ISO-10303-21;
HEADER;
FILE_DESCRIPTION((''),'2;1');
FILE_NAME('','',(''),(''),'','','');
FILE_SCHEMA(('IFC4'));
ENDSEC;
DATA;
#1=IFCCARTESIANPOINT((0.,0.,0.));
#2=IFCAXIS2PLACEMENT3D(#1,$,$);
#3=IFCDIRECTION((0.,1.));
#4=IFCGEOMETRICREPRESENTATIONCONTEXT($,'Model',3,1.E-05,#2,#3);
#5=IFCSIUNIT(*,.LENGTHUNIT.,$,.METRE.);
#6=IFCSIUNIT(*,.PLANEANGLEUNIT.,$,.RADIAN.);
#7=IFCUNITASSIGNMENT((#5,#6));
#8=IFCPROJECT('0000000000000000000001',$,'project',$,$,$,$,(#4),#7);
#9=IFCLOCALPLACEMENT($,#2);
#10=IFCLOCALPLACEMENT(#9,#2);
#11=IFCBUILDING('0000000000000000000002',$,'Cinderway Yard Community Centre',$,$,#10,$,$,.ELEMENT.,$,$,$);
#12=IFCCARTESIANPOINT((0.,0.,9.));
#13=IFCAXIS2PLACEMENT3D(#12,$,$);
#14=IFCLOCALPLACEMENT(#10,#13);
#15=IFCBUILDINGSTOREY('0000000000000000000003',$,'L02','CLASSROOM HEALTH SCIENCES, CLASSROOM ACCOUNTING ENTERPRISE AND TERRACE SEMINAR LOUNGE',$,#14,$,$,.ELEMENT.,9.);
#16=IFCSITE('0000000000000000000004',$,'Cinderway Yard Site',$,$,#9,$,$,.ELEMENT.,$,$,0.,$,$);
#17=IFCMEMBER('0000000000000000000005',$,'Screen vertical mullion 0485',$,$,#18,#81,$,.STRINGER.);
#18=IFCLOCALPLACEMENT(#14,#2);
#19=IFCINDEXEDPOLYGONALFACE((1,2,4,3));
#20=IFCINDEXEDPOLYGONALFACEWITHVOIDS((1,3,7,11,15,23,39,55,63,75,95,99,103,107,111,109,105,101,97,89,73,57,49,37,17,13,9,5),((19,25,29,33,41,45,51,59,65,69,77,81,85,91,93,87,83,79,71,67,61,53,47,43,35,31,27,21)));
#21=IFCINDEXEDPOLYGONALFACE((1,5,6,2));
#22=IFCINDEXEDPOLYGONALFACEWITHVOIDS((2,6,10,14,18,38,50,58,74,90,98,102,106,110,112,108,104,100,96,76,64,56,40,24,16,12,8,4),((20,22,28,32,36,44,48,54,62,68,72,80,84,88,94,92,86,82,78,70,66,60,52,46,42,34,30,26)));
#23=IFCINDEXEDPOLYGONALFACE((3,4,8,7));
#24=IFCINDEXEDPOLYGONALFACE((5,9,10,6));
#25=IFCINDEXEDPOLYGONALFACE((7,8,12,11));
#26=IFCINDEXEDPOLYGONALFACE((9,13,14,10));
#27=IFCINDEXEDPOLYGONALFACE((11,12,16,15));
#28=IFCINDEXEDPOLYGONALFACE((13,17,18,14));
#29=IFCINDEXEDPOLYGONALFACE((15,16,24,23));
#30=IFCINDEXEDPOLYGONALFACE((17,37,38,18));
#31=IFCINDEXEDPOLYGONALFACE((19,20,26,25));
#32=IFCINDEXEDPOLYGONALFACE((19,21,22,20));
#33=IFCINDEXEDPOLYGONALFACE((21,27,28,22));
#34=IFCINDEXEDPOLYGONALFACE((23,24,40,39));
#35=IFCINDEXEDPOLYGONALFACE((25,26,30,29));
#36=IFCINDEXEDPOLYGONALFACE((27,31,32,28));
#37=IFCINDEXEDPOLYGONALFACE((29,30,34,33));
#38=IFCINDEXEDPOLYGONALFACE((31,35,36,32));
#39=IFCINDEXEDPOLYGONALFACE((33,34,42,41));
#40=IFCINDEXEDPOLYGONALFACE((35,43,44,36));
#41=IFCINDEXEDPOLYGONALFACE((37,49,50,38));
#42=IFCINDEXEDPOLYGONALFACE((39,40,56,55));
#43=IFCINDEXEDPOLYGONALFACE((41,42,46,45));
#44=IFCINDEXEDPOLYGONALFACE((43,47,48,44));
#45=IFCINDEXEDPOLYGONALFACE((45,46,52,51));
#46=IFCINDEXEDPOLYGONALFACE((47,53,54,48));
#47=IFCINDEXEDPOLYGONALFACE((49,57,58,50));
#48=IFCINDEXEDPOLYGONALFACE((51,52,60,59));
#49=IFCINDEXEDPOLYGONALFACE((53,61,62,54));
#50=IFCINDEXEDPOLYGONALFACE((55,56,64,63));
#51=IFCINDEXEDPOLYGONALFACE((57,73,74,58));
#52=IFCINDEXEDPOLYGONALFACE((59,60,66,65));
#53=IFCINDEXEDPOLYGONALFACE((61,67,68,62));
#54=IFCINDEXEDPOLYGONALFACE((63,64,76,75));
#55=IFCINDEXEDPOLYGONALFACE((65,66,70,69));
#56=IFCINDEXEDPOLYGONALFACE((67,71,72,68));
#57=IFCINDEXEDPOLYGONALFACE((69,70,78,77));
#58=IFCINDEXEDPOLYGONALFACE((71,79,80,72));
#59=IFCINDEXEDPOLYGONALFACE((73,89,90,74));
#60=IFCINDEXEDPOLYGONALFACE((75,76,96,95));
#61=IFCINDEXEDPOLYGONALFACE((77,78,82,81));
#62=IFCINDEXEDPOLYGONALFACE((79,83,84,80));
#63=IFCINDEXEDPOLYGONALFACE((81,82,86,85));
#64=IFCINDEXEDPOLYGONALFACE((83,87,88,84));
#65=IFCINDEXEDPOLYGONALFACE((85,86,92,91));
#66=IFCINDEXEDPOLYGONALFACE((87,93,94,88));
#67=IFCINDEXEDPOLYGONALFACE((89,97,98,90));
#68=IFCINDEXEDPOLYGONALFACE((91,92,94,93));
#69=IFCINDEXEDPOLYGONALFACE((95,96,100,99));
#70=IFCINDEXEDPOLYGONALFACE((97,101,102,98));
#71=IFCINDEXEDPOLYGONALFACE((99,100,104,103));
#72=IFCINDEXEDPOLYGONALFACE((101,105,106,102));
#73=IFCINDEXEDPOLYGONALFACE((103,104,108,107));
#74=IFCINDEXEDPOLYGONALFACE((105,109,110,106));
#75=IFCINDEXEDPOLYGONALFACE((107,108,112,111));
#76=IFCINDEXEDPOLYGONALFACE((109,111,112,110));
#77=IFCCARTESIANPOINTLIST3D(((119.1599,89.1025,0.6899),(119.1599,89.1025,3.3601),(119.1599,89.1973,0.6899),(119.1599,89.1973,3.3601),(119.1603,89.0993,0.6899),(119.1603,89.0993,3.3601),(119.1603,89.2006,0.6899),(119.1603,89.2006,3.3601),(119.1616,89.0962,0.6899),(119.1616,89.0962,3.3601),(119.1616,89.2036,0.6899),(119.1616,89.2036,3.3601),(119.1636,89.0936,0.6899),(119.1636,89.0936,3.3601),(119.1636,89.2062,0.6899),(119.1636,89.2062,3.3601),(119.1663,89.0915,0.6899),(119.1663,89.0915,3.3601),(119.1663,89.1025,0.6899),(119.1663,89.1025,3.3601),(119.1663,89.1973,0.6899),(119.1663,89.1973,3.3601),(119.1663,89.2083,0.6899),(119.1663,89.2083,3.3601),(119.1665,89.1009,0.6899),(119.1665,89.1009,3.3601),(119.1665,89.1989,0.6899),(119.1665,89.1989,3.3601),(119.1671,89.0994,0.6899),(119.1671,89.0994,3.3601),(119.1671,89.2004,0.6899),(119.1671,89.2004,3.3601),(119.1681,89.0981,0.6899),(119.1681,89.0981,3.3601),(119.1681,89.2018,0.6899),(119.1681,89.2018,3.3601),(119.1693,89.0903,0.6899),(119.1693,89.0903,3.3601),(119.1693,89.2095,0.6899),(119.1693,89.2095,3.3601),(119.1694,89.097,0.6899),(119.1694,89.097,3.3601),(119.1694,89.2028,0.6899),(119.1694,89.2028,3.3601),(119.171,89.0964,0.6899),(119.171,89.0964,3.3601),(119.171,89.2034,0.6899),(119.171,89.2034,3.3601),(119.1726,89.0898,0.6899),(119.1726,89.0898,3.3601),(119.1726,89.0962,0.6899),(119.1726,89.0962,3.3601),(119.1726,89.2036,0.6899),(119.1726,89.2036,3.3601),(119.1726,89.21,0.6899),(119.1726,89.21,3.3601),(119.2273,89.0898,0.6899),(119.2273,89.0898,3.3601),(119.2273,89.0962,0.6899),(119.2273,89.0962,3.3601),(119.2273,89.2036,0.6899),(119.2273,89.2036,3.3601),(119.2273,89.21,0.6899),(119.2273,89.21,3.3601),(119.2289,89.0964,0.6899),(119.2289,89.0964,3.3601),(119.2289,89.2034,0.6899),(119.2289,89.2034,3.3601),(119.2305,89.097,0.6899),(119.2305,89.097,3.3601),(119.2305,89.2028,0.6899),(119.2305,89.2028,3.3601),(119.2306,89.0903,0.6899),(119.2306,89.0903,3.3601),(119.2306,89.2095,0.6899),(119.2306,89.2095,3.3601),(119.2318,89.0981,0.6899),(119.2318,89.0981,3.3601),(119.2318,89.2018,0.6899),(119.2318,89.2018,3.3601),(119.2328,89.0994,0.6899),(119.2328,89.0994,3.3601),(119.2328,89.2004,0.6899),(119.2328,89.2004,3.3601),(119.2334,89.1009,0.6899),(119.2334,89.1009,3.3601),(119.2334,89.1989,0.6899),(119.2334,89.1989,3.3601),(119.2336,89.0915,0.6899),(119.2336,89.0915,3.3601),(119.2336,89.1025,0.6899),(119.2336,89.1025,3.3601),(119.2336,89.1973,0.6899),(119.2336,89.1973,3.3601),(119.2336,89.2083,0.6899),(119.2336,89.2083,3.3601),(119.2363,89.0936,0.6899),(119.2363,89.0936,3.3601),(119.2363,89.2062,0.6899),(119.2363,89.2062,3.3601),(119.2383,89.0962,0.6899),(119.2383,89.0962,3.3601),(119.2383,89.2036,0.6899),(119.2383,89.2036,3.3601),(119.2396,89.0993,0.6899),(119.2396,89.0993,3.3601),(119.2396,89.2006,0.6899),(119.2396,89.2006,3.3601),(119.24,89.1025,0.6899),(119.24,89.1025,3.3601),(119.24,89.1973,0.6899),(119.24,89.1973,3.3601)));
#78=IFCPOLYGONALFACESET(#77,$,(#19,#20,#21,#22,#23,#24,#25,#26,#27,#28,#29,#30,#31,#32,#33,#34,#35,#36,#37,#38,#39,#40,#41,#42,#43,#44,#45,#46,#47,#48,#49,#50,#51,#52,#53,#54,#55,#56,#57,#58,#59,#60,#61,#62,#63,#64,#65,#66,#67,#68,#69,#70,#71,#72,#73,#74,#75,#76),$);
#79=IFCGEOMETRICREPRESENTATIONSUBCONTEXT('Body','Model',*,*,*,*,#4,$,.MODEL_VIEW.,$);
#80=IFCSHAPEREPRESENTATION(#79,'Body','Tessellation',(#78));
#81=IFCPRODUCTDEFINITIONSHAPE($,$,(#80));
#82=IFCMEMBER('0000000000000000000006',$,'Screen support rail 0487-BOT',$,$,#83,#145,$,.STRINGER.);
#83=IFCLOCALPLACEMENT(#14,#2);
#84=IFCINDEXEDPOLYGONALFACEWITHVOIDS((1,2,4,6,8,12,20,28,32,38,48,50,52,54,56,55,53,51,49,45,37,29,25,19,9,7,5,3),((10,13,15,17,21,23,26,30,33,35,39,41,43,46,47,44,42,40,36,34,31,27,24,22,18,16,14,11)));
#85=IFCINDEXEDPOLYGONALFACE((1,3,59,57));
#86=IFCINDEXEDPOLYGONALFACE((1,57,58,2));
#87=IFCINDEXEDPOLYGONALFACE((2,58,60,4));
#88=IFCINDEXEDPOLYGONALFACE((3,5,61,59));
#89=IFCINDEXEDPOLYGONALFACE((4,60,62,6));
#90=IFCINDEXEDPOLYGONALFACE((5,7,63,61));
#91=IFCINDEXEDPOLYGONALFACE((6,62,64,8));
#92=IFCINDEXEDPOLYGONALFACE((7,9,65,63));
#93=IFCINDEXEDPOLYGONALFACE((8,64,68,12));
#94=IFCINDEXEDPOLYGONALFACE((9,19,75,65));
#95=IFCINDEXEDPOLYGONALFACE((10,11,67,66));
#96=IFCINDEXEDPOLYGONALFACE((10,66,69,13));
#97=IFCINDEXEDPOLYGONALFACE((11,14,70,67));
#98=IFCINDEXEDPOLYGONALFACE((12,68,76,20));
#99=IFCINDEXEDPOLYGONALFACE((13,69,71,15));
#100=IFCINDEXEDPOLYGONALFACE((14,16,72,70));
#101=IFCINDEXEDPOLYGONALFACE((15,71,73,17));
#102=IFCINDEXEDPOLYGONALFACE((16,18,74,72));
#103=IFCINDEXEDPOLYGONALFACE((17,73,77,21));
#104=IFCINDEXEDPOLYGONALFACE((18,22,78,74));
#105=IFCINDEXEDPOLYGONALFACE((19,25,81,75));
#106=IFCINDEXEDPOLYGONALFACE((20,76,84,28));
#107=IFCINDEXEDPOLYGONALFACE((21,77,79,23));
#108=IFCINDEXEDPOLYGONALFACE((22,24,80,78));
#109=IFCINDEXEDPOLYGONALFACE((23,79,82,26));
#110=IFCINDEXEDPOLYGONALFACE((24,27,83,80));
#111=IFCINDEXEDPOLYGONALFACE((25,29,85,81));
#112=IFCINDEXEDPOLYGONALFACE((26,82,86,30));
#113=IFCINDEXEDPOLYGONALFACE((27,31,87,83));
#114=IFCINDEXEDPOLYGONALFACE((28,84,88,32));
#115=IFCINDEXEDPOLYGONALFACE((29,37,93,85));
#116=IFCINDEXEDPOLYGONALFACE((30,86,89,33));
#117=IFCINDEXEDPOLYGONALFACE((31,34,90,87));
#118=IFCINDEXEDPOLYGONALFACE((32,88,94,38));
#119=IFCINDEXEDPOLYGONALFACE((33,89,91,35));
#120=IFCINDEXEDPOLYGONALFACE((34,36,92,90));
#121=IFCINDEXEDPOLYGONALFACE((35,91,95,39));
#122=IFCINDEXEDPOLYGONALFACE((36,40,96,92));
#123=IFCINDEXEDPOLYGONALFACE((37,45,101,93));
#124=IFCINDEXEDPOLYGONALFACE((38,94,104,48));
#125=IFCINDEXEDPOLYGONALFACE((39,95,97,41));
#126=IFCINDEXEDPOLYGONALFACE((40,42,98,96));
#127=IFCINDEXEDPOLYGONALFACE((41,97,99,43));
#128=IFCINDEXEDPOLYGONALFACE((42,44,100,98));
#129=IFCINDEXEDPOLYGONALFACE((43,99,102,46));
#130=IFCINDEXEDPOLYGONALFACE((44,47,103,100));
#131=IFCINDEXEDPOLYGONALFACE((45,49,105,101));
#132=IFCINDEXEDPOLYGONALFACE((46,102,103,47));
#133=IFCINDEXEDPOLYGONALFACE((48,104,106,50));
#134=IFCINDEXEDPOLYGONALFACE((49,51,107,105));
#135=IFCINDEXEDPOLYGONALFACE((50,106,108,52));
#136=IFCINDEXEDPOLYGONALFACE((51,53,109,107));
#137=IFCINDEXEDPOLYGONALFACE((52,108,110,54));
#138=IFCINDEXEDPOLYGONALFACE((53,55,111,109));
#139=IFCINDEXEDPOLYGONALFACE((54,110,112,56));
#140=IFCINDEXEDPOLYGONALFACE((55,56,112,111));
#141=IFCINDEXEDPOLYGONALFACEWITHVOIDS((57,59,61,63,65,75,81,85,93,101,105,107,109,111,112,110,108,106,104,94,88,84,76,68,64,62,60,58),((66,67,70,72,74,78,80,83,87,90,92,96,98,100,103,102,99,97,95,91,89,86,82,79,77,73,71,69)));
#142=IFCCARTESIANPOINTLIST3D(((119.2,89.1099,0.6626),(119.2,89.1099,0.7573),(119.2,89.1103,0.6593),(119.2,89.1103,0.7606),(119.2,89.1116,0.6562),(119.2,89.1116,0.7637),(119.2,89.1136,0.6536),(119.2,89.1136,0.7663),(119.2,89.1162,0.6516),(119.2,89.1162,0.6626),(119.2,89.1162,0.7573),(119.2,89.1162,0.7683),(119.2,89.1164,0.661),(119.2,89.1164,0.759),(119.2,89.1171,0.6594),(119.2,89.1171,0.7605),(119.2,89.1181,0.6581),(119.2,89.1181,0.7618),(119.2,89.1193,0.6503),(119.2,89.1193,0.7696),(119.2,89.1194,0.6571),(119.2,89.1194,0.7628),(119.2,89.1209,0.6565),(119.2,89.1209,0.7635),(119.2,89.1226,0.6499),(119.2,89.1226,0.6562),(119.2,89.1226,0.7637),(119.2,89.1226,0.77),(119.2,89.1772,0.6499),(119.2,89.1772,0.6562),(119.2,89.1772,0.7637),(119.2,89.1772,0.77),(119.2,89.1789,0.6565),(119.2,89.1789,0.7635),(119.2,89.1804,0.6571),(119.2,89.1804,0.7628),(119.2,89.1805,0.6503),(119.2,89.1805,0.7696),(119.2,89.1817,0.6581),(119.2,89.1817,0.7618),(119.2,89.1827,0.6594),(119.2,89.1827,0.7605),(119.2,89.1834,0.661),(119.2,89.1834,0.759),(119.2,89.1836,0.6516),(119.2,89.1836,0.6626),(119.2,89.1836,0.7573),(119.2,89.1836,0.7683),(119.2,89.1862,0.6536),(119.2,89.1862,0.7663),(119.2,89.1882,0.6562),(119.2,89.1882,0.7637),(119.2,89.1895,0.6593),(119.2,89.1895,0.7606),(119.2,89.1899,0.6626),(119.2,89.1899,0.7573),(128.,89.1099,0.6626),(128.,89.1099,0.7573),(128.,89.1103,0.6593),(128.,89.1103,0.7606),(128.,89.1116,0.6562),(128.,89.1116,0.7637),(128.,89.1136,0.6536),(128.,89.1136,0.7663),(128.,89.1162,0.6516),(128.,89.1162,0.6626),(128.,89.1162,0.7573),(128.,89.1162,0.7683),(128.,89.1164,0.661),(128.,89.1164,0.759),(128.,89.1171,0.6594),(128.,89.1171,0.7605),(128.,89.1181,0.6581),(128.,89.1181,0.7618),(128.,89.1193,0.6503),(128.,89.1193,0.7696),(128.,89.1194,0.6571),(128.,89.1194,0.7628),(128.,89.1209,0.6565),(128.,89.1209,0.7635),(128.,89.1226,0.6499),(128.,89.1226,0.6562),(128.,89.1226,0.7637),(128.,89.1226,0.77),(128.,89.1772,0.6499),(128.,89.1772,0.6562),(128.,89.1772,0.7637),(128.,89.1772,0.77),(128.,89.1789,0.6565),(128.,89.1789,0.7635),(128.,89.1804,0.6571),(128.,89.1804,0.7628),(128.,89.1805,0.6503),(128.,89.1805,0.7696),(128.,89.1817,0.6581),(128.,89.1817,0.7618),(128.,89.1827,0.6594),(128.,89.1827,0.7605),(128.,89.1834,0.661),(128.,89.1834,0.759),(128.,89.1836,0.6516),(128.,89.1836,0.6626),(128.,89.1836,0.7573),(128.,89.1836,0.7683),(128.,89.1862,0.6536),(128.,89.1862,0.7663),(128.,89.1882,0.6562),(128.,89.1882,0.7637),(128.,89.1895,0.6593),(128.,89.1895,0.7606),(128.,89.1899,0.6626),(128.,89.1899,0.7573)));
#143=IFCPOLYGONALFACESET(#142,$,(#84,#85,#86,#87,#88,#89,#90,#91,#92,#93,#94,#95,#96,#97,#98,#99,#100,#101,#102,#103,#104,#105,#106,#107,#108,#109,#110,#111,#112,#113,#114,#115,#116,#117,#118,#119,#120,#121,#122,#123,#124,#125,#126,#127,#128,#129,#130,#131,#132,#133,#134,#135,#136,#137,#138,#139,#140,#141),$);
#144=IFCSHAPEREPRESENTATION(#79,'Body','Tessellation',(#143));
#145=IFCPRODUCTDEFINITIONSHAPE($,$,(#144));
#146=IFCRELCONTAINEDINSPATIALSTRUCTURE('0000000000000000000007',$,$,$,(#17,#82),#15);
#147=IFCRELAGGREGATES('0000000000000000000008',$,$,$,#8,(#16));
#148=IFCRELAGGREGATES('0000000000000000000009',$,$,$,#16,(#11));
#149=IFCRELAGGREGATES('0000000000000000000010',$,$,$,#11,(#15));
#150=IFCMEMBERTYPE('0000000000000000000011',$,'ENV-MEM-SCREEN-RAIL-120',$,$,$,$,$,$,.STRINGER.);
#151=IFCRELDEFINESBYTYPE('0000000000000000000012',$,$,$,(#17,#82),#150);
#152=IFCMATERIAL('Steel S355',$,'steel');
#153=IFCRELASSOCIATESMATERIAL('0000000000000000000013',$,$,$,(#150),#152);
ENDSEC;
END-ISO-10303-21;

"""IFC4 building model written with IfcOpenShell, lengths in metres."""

from ifc_helpers import new_model, si_unit, direction, frame, origin, origin_2d, place, context, subcontext, project, spatial, hollow_rectangle, extrude, material, material_profile, profile_set, type_object, element, save


model = new_model("IFC4")

# Units and contexts
model_context = context("Model", 3, precision=1e-05, world=origin(), true_north=direction((0.0, 1.0)))
body_context = subcontext(model_context, "Body", "Model", "MODEL_VIEW")
ifc_project = project(units=[si_unit("LENGTHUNIT", "METRE"), si_unit("PLANEANGLEUNIT", "RADIAN")], contexts=[model_context])

# Site, building, storey
site_placement = place(None, origin())
site = spatial("IfcSite", under=ifc_project, at=site_placement, Name="Cinderway Yard Site", CompositionType="ELEMENT", RefElevation=0.0)
building_placement = place(site_placement, origin())
building = spatial("IfcBuilding", under=site, at=building_placement, Name="Cinderway Yard Community Centre", CompositionType="ELEMENT")
storey_placement = place(building_placement, frame((0.0, 0.0, 9.0)))
storey = spatial("IfcBuildingStorey", under=building, at=storey_placement, Name="L02", Description="CLASSROOM HEALTH SCIENCES, CLASSROOM ACCOUNTING ENTERPRISE AND TERRACE SEMINAR LOUNGE", CompositionType="ELEMENT", Elevation=9.0)

# Members
ifc_material_1 = material(Name="Steel S355", Category="steel")
ifc_material_profile = material_profile(ifc_material_1, hollow_rectangle(XDim=0.0801, YDim=0.1201, WallThickness=0.0063, InnerFilletRadius=0.0063, OuterFilletRadius=0.0127, at=origin_2d()), Name="Steel S355")
ifc_profile_set = profile_set([ifc_material_profile], Name="Steel S355")
member_type = type_object("IfcMemberType", Name="ENV-MEM-SCREEN-RAIL-120", PredefinedType="STRINGER", material=ifc_profile_set)
for number, where, z_axis, x_axis, name in (
    (1, (119.2, 89.1499, 0.6899), (0.0, 0.0, 1.0), (1.0, 0.0, 0.0), "Screen vertical mullion 0485"),
):
    element("IfcMember", number, at=place(storey_placement, frame(where, z_axis=z_axis, x_axis=x_axis)), inside=storey, type_object=member_type, Name=name, PredefinedType="STRINGER", context=body_context, shape_type="SweptSolid", body=[
        extrude(hollow_rectangle(XDim=0.0801, YDim=0.1201, WallThickness=0.0063, InnerFilletRadius=0.0063, OuterFilletRadius=0.0127, at=origin_2d()), origin(), (0.0, 0.0, 1.0), 2.6702),
    ])
for number, where, z_axis, x_axis, name in (
    (2, (119.2, 89.1499, 0.71), (1.0, 0.0, 0.0), (0.0, 1.0, 0.0), "Screen support rail 0487-BOT"),
):
    element("IfcMember", number, at=place(storey_placement, frame(where, z_axis=z_axis, x_axis=x_axis)), inside=storey, type_object=member_type, Name=name, PredefinedType="STRINGER", context=body_context, shape_type="SweptSolid", body=[
        extrude(hollow_rectangle(XDim=0.0801, YDim=0.1201, WallThickness=0.0063, InnerFilletRadius=0.0063, OuterFilletRadius=0.0127, at=origin_2d()), origin(), (0.0, 0.0, 1.0), 8.8),
    ])

save(model, "model.ifc")
